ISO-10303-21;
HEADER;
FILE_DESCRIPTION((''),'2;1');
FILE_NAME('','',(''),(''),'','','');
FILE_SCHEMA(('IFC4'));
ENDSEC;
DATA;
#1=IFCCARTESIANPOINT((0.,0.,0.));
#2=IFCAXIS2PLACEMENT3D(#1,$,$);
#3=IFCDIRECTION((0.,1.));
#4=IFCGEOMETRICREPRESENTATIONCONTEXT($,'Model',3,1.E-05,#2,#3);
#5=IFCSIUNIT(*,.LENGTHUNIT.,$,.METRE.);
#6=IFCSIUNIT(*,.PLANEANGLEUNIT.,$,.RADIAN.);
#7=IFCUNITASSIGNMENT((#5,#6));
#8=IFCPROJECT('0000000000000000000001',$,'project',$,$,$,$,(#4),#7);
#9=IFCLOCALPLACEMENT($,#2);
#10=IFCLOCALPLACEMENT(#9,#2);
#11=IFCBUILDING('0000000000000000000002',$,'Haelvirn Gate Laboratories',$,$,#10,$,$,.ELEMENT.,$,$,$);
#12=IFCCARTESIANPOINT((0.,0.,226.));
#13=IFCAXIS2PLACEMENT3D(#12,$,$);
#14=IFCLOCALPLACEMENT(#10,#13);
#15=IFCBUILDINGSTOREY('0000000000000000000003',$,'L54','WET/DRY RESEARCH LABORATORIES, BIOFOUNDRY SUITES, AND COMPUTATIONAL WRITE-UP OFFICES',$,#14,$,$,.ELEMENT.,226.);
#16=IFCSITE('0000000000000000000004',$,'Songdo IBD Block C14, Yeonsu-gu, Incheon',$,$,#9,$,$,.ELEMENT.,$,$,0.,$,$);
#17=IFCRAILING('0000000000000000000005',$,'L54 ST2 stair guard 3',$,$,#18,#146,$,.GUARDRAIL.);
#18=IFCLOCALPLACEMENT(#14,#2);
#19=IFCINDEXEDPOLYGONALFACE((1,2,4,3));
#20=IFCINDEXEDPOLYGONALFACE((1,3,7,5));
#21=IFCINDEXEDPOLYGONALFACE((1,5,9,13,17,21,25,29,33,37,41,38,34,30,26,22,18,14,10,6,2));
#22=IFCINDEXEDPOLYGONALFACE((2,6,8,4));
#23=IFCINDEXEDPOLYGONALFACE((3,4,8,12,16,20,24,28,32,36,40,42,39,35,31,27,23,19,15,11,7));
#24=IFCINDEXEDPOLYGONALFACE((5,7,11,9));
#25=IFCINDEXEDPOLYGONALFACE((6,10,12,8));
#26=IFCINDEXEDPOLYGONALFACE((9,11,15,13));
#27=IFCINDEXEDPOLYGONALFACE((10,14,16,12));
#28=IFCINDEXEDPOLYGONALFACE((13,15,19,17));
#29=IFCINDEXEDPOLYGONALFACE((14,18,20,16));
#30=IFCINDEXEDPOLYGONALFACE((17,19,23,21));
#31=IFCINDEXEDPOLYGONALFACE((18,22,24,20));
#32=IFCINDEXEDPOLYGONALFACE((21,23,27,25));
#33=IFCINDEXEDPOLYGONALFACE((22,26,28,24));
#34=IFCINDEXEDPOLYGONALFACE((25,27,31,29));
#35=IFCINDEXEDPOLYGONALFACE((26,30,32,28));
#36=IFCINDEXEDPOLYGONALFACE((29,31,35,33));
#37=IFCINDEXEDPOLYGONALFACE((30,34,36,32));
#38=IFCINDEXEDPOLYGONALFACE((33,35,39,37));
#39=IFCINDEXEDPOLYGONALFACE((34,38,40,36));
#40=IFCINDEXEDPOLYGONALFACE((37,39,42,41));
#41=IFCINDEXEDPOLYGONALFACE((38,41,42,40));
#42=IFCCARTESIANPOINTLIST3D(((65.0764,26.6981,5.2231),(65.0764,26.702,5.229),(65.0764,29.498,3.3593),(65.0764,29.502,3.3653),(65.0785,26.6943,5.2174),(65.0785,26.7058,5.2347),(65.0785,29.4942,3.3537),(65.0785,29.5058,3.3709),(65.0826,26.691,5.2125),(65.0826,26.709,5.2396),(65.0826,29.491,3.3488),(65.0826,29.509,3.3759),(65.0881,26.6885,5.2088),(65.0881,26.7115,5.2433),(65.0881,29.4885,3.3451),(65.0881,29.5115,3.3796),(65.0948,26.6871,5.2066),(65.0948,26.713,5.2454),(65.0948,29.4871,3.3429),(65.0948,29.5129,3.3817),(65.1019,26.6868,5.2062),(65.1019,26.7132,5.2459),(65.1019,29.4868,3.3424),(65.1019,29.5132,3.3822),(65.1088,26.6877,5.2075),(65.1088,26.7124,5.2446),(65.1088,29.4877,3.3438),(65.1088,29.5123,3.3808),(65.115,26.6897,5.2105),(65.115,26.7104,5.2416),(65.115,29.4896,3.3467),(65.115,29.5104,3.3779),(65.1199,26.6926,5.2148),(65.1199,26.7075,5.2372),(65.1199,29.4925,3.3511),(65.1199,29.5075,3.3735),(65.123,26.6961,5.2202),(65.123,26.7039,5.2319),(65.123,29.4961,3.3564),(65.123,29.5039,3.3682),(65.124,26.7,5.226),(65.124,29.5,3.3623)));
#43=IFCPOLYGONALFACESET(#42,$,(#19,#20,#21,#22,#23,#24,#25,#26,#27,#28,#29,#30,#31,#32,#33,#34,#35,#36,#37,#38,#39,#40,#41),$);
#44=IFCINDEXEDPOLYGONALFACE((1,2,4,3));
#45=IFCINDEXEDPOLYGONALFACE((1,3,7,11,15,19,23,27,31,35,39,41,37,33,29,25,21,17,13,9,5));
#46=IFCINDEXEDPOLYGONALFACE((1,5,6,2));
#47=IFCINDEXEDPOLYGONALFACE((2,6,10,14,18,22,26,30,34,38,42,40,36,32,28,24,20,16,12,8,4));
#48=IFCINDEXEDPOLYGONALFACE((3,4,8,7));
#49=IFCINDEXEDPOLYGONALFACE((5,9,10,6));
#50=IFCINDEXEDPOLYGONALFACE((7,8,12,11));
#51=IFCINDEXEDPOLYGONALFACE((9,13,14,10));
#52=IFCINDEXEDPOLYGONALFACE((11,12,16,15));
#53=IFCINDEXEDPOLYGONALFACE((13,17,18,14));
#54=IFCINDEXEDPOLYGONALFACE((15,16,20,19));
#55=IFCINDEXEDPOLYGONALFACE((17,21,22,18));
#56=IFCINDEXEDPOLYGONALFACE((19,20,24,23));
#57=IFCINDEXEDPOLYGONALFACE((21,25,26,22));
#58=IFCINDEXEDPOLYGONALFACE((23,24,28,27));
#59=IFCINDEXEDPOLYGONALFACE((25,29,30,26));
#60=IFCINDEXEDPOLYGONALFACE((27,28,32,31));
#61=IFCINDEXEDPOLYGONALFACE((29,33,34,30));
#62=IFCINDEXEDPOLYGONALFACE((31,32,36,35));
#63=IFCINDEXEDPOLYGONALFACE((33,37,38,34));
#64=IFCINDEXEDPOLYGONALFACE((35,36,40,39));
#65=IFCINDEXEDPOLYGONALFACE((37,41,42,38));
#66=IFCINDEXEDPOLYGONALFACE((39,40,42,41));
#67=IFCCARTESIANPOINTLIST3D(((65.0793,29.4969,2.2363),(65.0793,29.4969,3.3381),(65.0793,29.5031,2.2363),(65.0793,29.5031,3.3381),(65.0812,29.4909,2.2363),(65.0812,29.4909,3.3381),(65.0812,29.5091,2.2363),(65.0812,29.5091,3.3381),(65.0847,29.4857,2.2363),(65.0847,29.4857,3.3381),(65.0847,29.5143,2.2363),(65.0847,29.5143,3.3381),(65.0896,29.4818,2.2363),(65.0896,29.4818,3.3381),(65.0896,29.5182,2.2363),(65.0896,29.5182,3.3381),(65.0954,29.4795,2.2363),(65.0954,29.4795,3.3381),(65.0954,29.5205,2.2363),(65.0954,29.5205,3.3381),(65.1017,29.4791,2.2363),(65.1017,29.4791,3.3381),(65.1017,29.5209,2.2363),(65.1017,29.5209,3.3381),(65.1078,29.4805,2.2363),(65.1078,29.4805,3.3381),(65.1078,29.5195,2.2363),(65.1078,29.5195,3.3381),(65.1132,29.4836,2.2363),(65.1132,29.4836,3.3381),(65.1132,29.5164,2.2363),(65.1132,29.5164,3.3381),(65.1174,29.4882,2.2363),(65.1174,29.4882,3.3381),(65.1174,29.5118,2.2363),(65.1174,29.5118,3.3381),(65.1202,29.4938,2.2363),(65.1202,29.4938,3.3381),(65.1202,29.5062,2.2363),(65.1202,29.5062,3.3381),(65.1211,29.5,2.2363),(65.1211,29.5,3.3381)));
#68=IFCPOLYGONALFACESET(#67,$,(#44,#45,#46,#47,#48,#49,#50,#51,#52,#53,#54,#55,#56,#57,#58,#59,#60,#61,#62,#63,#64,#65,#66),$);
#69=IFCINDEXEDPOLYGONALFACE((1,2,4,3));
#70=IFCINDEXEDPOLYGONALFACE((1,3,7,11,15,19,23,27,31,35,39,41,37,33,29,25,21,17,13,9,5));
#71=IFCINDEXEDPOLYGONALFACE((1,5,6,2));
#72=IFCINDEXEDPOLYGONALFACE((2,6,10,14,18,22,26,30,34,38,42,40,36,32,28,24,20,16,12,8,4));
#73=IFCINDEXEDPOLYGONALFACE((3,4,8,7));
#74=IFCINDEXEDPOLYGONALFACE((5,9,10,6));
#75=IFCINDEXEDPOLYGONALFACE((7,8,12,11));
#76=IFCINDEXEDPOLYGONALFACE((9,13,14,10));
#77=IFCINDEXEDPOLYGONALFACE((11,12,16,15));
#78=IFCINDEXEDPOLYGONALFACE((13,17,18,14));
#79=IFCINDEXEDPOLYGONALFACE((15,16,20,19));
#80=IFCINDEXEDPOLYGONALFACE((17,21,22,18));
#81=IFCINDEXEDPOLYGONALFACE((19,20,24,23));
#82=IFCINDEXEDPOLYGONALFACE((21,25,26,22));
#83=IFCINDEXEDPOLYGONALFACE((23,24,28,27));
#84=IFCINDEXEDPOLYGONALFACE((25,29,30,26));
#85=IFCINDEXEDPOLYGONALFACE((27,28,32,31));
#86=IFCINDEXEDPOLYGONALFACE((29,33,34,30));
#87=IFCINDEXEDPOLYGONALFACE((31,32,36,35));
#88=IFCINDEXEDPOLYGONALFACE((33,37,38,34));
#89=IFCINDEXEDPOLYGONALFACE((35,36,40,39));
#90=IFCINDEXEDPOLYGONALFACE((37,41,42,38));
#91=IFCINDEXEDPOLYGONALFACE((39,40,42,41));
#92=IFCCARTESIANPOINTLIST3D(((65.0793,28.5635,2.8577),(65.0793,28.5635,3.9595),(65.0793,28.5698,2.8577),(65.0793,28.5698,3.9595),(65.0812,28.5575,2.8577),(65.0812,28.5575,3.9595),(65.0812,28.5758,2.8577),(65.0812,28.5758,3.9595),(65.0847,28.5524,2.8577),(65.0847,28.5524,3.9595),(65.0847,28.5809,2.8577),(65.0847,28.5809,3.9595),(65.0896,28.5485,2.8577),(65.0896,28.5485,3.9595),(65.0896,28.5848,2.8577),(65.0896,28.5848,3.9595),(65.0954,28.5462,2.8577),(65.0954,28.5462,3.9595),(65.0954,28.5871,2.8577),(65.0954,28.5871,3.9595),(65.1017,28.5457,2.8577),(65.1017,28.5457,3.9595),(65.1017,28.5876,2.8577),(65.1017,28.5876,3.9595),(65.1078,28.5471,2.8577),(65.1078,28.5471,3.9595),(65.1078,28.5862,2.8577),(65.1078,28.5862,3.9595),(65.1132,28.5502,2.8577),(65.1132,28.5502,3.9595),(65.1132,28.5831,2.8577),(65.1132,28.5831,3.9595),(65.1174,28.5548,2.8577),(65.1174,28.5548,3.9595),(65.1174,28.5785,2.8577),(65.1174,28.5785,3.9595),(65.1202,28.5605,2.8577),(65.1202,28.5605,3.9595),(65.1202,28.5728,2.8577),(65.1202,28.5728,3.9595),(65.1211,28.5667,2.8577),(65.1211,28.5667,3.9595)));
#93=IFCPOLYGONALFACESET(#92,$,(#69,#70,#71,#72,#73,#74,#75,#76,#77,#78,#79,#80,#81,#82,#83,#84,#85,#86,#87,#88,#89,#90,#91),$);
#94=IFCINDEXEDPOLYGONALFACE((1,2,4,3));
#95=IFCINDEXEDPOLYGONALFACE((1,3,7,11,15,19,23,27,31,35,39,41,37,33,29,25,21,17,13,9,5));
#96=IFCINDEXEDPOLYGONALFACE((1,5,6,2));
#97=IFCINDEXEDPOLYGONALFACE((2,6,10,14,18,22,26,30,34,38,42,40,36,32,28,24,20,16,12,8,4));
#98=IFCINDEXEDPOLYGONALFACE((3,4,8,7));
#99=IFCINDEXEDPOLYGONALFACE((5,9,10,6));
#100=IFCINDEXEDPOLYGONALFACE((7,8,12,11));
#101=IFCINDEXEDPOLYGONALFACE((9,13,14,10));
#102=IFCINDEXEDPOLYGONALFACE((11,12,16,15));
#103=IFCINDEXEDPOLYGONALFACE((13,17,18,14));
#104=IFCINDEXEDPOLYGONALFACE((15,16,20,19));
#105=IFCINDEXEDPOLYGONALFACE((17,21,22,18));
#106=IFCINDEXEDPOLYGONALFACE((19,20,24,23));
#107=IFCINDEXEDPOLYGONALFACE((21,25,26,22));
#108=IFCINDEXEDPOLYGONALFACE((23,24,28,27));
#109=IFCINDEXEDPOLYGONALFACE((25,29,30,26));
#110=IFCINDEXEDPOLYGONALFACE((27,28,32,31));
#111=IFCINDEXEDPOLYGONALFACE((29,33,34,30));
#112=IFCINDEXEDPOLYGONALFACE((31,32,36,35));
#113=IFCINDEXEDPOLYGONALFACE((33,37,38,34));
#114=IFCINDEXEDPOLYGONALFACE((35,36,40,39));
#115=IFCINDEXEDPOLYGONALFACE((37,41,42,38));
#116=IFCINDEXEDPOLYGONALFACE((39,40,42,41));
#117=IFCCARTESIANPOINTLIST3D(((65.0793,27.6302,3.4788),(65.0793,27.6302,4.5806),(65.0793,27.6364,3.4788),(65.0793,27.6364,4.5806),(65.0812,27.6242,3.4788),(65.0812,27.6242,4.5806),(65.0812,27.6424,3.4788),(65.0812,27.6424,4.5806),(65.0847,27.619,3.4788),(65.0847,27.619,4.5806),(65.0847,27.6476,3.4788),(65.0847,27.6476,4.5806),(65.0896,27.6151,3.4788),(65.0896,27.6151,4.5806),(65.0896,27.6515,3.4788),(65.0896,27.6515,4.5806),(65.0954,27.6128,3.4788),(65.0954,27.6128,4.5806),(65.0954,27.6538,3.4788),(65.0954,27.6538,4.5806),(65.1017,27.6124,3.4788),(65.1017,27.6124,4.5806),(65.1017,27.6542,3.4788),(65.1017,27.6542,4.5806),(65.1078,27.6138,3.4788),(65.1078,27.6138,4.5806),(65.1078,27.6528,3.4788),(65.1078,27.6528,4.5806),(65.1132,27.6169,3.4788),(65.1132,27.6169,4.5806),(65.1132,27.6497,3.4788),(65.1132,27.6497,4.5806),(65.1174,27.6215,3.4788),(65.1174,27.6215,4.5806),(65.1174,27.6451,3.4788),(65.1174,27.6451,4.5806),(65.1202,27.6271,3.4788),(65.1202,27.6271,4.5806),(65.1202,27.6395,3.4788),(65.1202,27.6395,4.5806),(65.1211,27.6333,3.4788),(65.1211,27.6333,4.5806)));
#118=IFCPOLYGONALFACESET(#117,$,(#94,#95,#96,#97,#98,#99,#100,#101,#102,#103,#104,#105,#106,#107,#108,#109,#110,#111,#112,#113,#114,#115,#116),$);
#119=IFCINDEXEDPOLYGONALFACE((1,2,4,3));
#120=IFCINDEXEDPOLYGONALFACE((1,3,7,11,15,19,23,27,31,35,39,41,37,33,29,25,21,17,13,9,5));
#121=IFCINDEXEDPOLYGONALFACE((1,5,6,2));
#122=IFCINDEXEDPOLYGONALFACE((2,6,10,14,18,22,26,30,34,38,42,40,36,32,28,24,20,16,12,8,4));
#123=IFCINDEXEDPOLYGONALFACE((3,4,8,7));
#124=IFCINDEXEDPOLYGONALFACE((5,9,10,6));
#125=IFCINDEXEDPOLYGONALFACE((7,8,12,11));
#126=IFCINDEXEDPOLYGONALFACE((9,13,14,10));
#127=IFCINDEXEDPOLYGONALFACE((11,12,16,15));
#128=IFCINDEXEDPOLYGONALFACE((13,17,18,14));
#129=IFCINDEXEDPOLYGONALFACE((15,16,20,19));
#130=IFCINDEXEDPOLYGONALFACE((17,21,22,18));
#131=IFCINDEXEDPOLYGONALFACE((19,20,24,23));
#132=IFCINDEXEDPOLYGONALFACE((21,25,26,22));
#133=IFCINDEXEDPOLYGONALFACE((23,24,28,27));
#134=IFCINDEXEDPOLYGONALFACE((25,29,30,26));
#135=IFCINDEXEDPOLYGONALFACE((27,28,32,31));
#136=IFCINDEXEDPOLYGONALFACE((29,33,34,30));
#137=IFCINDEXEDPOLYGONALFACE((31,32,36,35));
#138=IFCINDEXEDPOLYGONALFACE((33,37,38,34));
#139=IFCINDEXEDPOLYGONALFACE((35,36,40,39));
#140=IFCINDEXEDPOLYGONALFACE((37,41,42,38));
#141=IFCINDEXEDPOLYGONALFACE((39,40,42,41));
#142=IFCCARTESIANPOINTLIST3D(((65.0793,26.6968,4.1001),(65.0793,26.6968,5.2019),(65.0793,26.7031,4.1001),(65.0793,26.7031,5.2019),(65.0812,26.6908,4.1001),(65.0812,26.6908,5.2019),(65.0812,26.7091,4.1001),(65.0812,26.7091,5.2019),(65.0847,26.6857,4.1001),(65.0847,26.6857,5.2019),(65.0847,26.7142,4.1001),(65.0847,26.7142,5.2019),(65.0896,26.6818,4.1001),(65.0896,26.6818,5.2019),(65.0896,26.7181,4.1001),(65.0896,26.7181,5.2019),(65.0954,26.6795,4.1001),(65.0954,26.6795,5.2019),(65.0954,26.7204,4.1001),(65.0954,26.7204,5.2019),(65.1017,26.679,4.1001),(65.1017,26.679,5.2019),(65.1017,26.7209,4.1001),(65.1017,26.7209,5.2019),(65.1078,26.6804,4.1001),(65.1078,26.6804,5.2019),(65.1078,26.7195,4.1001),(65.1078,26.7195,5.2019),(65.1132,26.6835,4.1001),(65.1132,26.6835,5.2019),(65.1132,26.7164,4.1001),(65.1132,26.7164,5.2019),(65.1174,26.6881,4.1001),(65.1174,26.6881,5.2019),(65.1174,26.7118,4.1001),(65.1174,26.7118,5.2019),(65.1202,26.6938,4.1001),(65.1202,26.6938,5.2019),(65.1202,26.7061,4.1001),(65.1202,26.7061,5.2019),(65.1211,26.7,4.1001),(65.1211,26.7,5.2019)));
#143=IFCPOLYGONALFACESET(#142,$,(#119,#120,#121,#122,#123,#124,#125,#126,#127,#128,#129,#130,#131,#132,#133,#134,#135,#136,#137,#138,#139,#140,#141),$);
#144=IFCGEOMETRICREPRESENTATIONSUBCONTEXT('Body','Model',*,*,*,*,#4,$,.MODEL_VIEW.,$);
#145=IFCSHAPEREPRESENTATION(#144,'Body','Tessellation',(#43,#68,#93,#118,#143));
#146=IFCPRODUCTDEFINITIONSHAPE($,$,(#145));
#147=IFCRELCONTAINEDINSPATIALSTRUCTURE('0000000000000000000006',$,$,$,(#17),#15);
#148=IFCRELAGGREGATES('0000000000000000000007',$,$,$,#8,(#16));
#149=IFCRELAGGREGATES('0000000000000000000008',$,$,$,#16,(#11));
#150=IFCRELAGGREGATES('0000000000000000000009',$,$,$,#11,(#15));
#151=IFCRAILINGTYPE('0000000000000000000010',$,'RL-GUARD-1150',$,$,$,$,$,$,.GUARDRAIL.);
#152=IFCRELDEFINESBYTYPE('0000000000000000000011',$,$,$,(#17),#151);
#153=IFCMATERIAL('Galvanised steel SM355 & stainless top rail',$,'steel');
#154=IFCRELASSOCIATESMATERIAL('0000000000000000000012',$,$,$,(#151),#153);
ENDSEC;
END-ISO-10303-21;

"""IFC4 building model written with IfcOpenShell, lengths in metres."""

from ifc_helpers import new_model, si_unit, direction, frame, origin, origin_2d, place, context, subcontext, project, spatial, circle, extrude, source, transform, mapped, material, type_object, element, save


model = new_model("IFC4")

# Units and contexts
model_context = context("Model", 3, precision=1e-05, world=origin(), true_north=direction((0.0, 1.0)))
body_context = subcontext(model_context, "Body", "Model", "MODEL_VIEW")
ifc_project = project(units=[si_unit("LENGTHUNIT", "METRE"), si_unit("PLANEANGLEUNIT", "RADIAN")], contexts=[model_context])

# Site, building, storey
site_placement = place(None, origin())
site = spatial("IfcSite", under=ifc_project, at=site_placement, Name="Songdo IBD Block C14, Yeonsu-gu, Incheon", CompositionType="ELEMENT", RefElevation=0.0)
building_placement = place(site_placement, origin())
building = spatial("IfcBuilding", under=site, at=building_placement, Name="Haelvirn Gate Laboratories", CompositionType="ELEMENT")
storey_placement = place(building_placement, frame((0.0, 0.0, 226.0)))
storey = spatial("IfcBuildingStorey", under=building, at=storey_placement, Name="L54", Description="WET/DRY RESEARCH LABORATORIES, BIOFOUNDRY SUITES, AND COMPUTATIONAL WRITE-UP OFFICES", CompositionType="ELEMENT", Elevation=226.0)

# Railing
ifc_material_1 = material(Name="Galvanised steel SM355 & stainless top rail", Category="steel")
railing_type_1 = type_object("IfcRailingType", Name="RL-GUARD-1150", PredefinedType="GUARDRAIL", material=ifc_material_1)
shared_shape_1 = source(origin(), body_context, "Body", "SweptSolid", [
    extrude(circle(Radius=0.0239, at=origin_2d()), frame((0.0, 0.0, 1.126), z_axis=(0.0, -0.832452, 0.554097), x_axis=(1.0, 0.0, 0.0)), (0.0, 0.0, 1.0), 3.3635),
    extrude(circle(Radius=0.021, at=origin_2d()), origin(), (0.0, 0.0, 1.0), 1.1018),
    extrude(circle(Radius=0.021, at=origin_2d()), frame((0.0, -0.9333, 0.6213)), (0.0, 0.0, 1.0), 1.1018),
    extrude(circle(Radius=0.021, at=origin_2d()), frame((0.0, -1.8667, 1.2424)), (0.0, 0.0, 1.0), 1.1018),
    extrude(circle(Radius=0.021, at=origin_2d()), frame((0.0, -2.8, 1.8638)), (0.0, 0.0, 1.0), 1.1018),
])
railing_1_placement = place(storey_placement, frame((65.1001, 29.5, 2.2363)))
element("IfcRailing", 1, at=railing_1_placement, inside=storey, type_object=railing_type_1, Name="L54 ST2 stair guard 3", PredefinedType="GUARDRAIL", context=body_context, shape_type="MappedRepresentation", body=[
    mapped(shared_shape_1, transform((0.0, 0.0, 0.0), scale=1.0)),
])

save(model, "model.ifc")
